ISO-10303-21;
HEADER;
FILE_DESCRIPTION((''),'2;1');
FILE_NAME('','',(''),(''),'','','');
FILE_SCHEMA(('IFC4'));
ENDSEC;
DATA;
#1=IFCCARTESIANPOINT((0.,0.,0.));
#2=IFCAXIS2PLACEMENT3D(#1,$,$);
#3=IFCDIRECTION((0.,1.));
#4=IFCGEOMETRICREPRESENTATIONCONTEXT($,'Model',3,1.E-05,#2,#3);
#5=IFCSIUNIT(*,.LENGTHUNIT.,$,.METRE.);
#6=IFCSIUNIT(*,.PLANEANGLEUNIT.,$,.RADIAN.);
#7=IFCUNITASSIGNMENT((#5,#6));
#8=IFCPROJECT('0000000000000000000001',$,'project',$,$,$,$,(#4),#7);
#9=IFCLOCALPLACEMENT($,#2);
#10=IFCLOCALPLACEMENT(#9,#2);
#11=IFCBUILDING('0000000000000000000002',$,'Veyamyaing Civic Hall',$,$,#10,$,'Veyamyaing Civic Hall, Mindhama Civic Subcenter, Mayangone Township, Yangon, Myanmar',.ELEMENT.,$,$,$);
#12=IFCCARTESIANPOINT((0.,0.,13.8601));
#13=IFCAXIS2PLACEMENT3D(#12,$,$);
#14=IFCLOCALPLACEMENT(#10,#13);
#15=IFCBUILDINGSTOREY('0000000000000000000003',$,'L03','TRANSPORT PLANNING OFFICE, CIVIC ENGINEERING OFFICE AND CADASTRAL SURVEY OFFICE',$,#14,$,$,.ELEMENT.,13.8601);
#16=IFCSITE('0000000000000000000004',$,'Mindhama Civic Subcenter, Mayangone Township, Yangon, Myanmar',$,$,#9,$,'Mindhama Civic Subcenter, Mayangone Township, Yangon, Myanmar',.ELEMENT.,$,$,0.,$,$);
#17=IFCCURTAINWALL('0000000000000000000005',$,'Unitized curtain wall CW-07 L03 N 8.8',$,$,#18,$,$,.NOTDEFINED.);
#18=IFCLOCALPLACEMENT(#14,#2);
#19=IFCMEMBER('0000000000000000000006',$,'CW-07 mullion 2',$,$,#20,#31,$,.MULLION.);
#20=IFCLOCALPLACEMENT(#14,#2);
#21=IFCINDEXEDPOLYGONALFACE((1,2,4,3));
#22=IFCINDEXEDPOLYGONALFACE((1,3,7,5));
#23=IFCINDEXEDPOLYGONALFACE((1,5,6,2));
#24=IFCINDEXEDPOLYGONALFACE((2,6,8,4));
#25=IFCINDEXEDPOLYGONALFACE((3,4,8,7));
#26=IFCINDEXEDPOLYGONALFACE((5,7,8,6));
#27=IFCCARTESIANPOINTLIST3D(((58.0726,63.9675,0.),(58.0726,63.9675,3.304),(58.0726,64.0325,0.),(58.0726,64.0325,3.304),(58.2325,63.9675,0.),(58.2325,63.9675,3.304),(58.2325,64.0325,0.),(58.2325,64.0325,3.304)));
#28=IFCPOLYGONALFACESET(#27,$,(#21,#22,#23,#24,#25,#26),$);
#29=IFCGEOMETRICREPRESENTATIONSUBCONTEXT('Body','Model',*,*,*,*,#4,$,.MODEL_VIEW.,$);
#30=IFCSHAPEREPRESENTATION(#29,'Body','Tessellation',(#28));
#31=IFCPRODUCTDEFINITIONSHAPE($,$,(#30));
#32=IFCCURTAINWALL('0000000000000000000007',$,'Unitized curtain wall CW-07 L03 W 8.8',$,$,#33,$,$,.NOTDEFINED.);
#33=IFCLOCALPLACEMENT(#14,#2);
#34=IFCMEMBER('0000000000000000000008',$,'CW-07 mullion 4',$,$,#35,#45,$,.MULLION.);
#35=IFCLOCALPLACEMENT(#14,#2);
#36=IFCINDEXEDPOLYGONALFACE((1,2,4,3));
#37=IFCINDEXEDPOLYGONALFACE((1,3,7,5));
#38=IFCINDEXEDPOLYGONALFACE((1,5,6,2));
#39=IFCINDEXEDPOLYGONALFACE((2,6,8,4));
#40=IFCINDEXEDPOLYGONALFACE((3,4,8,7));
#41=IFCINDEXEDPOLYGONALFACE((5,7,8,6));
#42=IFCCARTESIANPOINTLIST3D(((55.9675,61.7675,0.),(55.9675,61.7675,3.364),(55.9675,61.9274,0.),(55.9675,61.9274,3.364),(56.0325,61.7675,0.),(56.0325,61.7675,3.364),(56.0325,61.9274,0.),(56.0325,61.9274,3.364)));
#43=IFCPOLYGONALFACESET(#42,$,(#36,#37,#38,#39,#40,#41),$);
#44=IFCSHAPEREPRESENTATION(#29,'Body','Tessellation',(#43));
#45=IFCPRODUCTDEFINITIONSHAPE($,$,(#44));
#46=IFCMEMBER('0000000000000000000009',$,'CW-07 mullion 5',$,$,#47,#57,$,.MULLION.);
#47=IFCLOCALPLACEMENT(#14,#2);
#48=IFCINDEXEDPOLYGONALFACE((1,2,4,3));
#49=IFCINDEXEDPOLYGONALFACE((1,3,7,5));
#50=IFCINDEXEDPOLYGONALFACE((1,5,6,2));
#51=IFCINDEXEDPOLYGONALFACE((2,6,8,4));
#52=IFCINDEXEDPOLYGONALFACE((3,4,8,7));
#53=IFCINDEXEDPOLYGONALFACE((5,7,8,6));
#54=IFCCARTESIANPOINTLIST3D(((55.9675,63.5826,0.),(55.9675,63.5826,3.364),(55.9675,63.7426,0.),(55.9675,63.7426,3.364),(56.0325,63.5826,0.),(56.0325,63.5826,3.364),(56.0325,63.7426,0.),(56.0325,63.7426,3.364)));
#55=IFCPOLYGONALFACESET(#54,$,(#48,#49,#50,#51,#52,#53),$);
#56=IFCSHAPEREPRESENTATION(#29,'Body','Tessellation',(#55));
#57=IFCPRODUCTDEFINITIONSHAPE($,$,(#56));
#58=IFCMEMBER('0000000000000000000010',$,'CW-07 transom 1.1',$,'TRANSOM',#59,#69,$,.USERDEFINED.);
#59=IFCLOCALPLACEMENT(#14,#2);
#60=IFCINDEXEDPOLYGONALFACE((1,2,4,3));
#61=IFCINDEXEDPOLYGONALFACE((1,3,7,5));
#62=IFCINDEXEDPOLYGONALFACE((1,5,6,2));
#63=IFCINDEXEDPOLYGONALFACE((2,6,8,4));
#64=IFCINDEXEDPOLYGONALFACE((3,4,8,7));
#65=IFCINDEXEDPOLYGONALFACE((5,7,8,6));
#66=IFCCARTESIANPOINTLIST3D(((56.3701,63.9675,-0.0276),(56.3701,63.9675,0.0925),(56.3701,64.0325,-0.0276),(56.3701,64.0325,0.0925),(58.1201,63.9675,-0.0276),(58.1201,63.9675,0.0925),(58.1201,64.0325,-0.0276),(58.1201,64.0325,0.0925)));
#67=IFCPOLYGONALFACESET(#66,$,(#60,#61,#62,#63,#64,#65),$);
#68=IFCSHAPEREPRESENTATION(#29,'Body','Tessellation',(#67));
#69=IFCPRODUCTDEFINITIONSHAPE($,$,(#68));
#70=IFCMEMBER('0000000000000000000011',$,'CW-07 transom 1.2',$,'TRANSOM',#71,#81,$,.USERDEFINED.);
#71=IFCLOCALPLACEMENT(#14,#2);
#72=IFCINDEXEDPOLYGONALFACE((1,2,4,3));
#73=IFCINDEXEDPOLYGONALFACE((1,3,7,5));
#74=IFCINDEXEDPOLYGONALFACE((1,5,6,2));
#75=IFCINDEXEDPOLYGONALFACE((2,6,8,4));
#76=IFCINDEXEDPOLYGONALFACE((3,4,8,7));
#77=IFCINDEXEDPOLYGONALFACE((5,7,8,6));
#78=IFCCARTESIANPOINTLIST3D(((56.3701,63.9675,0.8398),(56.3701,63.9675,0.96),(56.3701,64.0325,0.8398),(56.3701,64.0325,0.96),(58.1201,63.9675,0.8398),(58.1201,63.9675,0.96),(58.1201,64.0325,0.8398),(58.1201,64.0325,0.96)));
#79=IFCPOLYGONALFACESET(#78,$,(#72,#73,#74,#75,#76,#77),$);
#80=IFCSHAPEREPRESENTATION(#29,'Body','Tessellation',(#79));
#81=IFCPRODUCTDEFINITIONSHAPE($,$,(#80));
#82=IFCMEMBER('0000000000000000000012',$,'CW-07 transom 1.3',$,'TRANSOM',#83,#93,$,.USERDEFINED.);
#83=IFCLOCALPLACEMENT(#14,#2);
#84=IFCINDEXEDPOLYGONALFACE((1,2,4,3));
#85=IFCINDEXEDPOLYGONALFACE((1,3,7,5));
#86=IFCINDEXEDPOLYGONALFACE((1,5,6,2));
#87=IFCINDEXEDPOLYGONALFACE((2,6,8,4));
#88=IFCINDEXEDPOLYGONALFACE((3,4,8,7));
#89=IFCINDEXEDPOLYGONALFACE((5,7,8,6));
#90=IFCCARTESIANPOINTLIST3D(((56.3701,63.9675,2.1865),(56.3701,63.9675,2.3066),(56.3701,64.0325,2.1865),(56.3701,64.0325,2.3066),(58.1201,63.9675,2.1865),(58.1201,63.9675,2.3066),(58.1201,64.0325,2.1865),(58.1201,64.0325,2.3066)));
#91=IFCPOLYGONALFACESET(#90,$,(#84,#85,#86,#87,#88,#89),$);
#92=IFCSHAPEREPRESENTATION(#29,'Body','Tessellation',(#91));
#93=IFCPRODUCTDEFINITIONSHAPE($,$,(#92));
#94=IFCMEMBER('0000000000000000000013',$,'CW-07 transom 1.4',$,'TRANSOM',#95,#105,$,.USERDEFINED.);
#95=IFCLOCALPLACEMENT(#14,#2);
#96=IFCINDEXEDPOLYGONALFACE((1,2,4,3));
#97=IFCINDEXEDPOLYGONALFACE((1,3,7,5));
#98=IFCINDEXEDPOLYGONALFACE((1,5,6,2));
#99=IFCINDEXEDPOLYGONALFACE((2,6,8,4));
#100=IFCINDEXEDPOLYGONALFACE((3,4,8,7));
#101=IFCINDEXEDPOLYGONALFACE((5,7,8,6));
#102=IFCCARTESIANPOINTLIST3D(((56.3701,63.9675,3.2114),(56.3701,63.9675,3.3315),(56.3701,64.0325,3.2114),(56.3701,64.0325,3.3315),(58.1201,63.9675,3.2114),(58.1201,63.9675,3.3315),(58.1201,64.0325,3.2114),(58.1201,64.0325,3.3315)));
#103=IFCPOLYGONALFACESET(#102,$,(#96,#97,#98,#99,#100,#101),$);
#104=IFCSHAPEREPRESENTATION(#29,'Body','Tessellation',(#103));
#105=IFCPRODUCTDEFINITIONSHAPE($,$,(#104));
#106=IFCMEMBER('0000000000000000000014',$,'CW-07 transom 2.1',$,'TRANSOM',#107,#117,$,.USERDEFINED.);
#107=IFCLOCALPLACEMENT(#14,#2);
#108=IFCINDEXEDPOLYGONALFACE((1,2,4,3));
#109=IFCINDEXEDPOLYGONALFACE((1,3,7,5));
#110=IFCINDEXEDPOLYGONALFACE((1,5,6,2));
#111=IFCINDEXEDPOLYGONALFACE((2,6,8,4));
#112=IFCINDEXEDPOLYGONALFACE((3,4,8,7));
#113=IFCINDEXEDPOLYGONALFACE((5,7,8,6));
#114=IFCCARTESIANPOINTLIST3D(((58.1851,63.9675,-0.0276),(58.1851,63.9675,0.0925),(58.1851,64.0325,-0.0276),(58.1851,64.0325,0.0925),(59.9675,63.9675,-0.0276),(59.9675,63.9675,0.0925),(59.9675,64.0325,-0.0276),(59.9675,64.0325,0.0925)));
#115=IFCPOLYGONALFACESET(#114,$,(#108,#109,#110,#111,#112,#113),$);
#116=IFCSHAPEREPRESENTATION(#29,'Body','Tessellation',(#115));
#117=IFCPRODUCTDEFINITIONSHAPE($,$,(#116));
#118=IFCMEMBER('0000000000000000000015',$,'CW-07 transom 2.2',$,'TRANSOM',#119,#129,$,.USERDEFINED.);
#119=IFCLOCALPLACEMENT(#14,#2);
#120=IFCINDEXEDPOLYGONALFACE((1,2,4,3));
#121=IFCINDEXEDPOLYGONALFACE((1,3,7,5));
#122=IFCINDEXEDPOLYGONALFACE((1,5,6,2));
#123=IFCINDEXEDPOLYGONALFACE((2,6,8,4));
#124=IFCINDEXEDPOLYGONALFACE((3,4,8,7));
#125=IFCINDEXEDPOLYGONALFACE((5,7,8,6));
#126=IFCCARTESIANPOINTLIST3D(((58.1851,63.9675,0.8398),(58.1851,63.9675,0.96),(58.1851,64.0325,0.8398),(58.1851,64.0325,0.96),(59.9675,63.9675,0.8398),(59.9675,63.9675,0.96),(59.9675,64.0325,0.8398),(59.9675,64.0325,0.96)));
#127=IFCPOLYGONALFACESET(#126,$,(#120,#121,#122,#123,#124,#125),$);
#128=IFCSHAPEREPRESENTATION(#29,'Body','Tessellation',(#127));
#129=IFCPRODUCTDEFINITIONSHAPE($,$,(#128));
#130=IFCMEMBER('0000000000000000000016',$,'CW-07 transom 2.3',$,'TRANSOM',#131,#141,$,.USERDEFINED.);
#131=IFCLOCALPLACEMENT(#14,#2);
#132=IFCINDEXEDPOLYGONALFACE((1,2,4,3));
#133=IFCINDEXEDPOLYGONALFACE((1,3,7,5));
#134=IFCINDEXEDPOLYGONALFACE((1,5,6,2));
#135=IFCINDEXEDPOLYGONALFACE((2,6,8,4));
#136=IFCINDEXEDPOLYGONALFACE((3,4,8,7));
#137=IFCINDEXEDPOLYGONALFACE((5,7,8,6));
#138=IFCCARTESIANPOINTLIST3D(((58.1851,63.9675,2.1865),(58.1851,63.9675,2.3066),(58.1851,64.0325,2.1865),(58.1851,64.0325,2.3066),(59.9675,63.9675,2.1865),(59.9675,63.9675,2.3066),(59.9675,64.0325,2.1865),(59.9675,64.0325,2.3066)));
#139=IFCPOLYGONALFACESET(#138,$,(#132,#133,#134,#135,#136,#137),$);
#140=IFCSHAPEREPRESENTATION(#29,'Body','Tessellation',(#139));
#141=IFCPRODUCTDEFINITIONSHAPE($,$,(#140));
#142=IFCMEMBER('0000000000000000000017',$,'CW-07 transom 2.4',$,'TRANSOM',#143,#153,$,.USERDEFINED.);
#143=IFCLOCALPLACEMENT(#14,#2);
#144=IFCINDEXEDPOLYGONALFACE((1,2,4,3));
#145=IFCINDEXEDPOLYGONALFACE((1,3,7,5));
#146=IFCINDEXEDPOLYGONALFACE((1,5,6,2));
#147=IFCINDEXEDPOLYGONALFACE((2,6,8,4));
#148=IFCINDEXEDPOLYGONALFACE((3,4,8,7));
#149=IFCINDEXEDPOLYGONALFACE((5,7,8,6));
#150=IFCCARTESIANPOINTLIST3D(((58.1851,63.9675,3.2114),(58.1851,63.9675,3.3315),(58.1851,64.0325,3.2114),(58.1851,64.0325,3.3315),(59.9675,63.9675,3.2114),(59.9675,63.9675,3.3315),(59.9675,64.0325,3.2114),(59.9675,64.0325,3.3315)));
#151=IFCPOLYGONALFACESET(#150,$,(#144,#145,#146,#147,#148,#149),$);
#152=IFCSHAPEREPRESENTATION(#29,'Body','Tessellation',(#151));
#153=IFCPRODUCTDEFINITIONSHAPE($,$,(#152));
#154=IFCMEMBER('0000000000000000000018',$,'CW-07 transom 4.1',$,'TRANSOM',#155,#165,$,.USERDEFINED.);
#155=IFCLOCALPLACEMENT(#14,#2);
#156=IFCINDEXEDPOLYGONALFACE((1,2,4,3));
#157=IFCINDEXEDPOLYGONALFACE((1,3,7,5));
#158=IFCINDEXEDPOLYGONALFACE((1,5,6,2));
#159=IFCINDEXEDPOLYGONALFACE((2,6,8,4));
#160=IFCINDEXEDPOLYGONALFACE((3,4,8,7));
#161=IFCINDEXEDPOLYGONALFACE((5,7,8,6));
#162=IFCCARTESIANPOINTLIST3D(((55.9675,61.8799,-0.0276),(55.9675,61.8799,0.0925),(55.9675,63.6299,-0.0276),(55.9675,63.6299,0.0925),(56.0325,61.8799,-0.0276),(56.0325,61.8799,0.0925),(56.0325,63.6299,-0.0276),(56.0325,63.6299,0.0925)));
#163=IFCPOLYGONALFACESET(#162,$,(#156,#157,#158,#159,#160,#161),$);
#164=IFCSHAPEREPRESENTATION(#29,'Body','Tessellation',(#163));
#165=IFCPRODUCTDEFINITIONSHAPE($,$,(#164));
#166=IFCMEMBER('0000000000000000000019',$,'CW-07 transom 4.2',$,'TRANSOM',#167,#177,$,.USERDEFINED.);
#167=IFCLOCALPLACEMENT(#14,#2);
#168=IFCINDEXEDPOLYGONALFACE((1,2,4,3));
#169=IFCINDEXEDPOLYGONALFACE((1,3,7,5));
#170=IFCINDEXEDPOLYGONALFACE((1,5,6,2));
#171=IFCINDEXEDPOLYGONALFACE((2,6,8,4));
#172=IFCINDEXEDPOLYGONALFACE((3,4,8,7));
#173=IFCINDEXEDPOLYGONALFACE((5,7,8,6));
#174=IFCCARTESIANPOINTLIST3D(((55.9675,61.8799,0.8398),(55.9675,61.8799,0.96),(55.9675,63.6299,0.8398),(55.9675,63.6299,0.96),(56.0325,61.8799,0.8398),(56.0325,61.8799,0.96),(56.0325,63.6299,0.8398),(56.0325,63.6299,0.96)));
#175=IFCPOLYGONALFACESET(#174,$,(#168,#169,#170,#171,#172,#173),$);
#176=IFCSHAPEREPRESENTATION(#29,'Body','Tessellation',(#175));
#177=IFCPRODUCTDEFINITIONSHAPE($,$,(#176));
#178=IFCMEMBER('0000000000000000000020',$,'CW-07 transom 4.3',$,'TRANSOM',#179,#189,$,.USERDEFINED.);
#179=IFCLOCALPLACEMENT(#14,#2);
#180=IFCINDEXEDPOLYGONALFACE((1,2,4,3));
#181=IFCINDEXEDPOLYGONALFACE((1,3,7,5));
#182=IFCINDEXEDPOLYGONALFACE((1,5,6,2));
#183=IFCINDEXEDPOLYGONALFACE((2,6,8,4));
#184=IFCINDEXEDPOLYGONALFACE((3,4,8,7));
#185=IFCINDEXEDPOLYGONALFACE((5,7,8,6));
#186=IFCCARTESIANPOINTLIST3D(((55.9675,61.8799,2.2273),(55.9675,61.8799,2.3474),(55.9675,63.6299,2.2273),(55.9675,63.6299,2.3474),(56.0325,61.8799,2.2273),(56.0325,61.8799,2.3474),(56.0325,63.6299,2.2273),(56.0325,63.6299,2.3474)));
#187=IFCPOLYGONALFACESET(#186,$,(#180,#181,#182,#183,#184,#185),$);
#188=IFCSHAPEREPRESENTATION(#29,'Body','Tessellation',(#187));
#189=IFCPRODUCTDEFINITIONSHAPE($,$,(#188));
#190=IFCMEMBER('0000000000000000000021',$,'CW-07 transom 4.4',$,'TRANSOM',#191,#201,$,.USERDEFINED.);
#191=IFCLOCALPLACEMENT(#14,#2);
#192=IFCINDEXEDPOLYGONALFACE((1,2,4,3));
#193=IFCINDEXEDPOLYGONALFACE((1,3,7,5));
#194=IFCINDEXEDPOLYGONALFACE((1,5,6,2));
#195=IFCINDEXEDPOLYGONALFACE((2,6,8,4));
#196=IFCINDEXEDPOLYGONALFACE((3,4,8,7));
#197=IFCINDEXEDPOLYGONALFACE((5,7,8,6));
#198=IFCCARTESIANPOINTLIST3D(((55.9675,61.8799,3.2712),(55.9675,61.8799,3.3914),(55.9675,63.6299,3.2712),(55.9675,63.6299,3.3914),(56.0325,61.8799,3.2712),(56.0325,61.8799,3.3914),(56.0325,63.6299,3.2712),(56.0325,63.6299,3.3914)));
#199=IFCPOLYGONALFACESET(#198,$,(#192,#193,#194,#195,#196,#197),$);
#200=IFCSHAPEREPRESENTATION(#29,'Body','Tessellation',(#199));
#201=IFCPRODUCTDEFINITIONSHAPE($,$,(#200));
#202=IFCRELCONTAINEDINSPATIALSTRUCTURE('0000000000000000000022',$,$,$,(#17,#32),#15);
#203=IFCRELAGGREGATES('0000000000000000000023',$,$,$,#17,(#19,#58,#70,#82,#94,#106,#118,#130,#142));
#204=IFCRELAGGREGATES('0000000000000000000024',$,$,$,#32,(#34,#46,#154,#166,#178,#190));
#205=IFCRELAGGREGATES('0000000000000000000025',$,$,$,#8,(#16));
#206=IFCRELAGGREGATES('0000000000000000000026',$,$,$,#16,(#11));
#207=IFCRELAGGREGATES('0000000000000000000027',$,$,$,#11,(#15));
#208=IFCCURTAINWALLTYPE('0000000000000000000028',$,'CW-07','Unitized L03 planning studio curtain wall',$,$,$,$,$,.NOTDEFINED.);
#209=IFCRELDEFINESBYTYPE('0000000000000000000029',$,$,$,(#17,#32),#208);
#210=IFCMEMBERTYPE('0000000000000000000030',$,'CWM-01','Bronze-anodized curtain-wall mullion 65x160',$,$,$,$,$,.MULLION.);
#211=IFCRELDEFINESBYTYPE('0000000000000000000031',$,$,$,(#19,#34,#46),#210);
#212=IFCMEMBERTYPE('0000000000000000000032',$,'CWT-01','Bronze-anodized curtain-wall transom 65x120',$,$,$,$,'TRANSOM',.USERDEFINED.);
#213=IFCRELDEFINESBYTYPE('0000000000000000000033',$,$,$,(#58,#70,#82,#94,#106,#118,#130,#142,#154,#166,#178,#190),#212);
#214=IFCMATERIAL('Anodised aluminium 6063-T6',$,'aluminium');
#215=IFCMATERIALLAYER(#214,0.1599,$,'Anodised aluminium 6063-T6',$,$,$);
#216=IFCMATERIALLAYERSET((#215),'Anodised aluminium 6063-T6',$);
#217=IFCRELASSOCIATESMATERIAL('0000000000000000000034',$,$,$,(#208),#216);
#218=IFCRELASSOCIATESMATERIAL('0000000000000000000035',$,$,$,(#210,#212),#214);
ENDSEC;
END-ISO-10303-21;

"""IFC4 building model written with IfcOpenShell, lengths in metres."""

from ifc_helpers import new_model, si_unit, direction, frame, origin, origin_2d, place, context, subcontext, project, spatial, rectangle, extrude, material, layer, layer_set, material_profile, profile_set, type_object, element, aggregate, save


model = new_model("IFC4")

# Units and contexts
model_context = context("Model", 3, precision=1e-05, world=origin(), true_north=direction((0.0, 1.0)))
body_context = subcontext(model_context, "Body", "Model", "MODEL_VIEW")
ifc_project = project(units=[si_unit("LENGTHUNIT", "METRE"), si_unit("PLANEANGLEUNIT", "RADIAN")], contexts=[model_context])

# Site, building, storey
site_placement = place(None, origin())
site = spatial("IfcSite", under=ifc_project, at=site_placement, Name="Mindhama Civic Subcenter, Mayangone Township, Yangon, Myanmar", LongName="Mindhama Civic Subcenter, Mayangone Township, Yangon, Myanmar", CompositionType="ELEMENT", RefElevation=0.0)
building_placement = place(site_placement, origin())
building = spatial("IfcBuilding", under=site, at=building_placement, Name="Veyamyaing Civic Hall", LongName="Veyamyaing Civic Hall, Mindhama Civic Subcenter, Mayangone Township, Yangon, Myanmar", CompositionType="ELEMENT")
storey_placement = place(building_placement, frame((0.0, 0.0, 13.8601)))
storey = spatial("IfcBuildingStorey", under=building, at=storey_placement, Name="L03", Description="TRANSPORT PLANNING OFFICE, CIVIC ENGINEERING OFFICE AND CADASTRAL SURVEY OFFICE", CompositionType="ELEMENT", Elevation=13.8601)

# Curtain walls, members
ifc_material_1 = material(Name="Anodised aluminium 6063-T6", Category="aluminium")
ifc_layer_1 = layer(ifc_material_1, 0.1599, Name="Anodised aluminium 6063-T6")
ifc_layer_set_1 = layer_set([ifc_layer_1], Name="Anodised aluminium 6063-T6")
curtain_wall_type = type_object("IfcCurtainWallType", Name="CW-07", Description="Unitized L03 planning studio curtain wall", PredefinedType="NOTDEFINED", material=ifc_layer_set_1)
curtain_wall_1_placement = place(storey_placement, origin())
curtain_wall_1 = element("IfcCurtainWall", 1, at=curtain_wall_1_placement, inside=storey, type_object=curtain_wall_type, Name="Unitized curtain wall CW-07 L03 N 8.8", PredefinedType="NOTDEFINED")
ifc_material_profile_1 = material_profile(ifc_material_1, rectangle(XDim=0.0649, YDim=0.1599, at=origin_2d()), Name="ALU-MUL-65X160")
ifc_profile_set_1 = profile_set([ifc_material_profile_1], Name="Anodised aluminium 6063-T6")
member_type_1 = type_object("IfcMemberType", Name="CWM-01", Description="Bronze-anodized curtain-wall mullion 65x160", PredefinedType="MULLION", material=ifc_profile_set_1)
member_1_placement = place(storey_placement, frame((58.1526, 64.0, 0.0), z_axis=(0.0, 0.0, 1.0), x_axis=(0.0, 1.0, 0.0)))
member_1 = element("IfcMember", 2, at=member_1_placement, type_object=member_type_1, Name="CW-07 mullion 2", PredefinedType="MULLION", context=body_context, shape_type="SweptSolid", body=[
    extrude(rectangle(XDim=0.0649, YDim=0.1599, at=origin_2d()), origin(), (0.0, 0.0, 1.0), 3.304),
])
curtain_wall_2_placement = place(storey_placement, origin())
curtain_wall_2 = element("IfcCurtainWall", 3, at=curtain_wall_2_placement, inside=storey, type_object=curtain_wall_type, Name="Unitized curtain wall CW-07 L03 W 8.8", PredefinedType="NOTDEFINED")
member_2_placement = place(storey_placement, frame((56.0, 61.8474, 0.0), z_axis=(0.0, 0.0, 1.0), x_axis=(-1.0, 0.0, 0.0)))
member_2 = element("IfcMember", 4, at=member_2_placement, type_object=member_type_1, Name="CW-07 mullion 4", PredefinedType="MULLION", context=body_context, shape_type="SweptSolid", body=[
    extrude(rectangle(XDim=0.0649, YDim=0.1599, at=origin_2d()), origin(), (0.0, 0.0, 1.0), 3.364),
])
member_3_placement = place(storey_placement, frame((56.0, 63.6626, 0.0), z_axis=(0.0, 0.0, 1.0), x_axis=(-1.0, 0.0, 0.0)))
member_3 = element("IfcMember", 5, at=member_3_placement, type_object=member_type_1, Name="CW-07 mullion 5", PredefinedType="MULLION", context=body_context, shape_type="SweptSolid", body=[
    extrude(rectangle(XDim=0.0649, YDim=0.1599, at=origin_2d()), origin(), (0.0, 0.0, 1.0), 3.364),
])

# Members
ifc_material_profile_2 = material_profile(ifc_material_1, rectangle(XDim=0.0649, YDim=0.1201, at=origin_2d()), Name="ALU-TRN-65X120")
ifc_profile_set_2 = profile_set([ifc_material_profile_2], Name="Anodised aluminium 6063-T6")
member_type_2 = type_object("IfcMemberType", Name="CWT-01", Description="Bronze-anodized curtain-wall transom 65x120", ElementType="TRANSOM", PredefinedType="USERDEFINED", material=ifc_profile_set_2)
member_4_placement = place(storey_placement, frame((56.3701, 64.0, 0.0325), z_axis=(1.0, 0.0, 0.0), x_axis=(0.0, 1.0, 0.0)))
member_4 = element("IfcMember", 6, at=member_4_placement, type_object=member_type_2, Name="CW-07 transom 1.1", ObjectType="TRANSOM", PredefinedType="USERDEFINED", context=body_context, shape_type="SweptSolid", body=[
    extrude(rectangle(XDim=0.0649, YDim=0.1201, at=origin_2d()), origin(), (0.0, 0.0, 1.0), 1.75),
])
member_5_placement = place(storey_placement, frame((56.3701, 64.0, 0.8999), z_axis=(1.0, 0.0, 0.0), x_axis=(0.0, 1.0, 0.0)))
member_5 = element("IfcMember", 7, at=member_5_placement, type_object=member_type_2, Name="CW-07 transom 1.2", ObjectType="TRANSOM", PredefinedType="USERDEFINED", context=body_context, shape_type="SweptSolid", body=[
    extrude(rectangle(XDim=0.0649, YDim=0.1201, at=origin_2d()), origin(), (0.0, 0.0, 1.0), 1.75),
])
member_6_placement = place(storey_placement, frame((56.3701, 64.0, 2.2466), z_axis=(1.0, 0.0, 0.0), x_axis=(0.0, 1.0, 0.0)))
member_6 = element("IfcMember", 8, at=member_6_placement, type_object=member_type_2, Name="CW-07 transom 1.3", ObjectType="TRANSOM", PredefinedType="USERDEFINED", context=body_context, shape_type="SweptSolid", body=[
    extrude(rectangle(XDim=0.0649, YDim=0.1201, at=origin_2d()), origin(), (0.0, 0.0, 1.0), 1.75),
])
member_7_placement = place(storey_placement, frame((56.3701, 64.0, 3.2715), z_axis=(1.0, 0.0, 0.0), x_axis=(0.0, 1.0, 0.0)))
member_7 = element("IfcMember", 9, at=member_7_placement, type_object=member_type_2, Name="CW-07 transom 1.4", ObjectType="TRANSOM", PredefinedType="USERDEFINED", context=body_context, shape_type="SweptSolid", body=[
    extrude(rectangle(XDim=0.0649, YDim=0.1201, at=origin_2d()), origin(), (0.0, 0.0, 1.0), 1.75),
])
member_8_placement = place(storey_placement, frame((58.1851, 64.0, 0.0325), z_axis=(1.0, 0.0, 0.0), x_axis=(0.0, 1.0, 0.0)))
member_8 = element("IfcMember", 10, at=member_8_placement, type_object=member_type_2, Name="CW-07 transom 2.1", ObjectType="TRANSOM", PredefinedType="USERDEFINED", context=body_context, shape_type="SweptSolid", body=[
    extrude(rectangle(XDim=0.0649, YDim=0.1201, at=origin_2d()), origin(), (0.0, 0.0, 1.0), 1.7825),
])
member_9_placement = place(storey_placement, frame((58.1851, 64.0, 0.8999), z_axis=(1.0, 0.0, 0.0), x_axis=(0.0, 1.0, 0.0)))
member_9 = element("IfcMember", 11, at=member_9_placement, type_object=member_type_2, Name="CW-07 transom 2.2", ObjectType="TRANSOM", PredefinedType="USERDEFINED", context=body_context, shape_type="SweptSolid", body=[
    extrude(rectangle(XDim=0.0649, YDim=0.1201, at=origin_2d()), origin(), (0.0, 0.0, 1.0), 1.7825),
])
member_10_placement = place(storey_placement, frame((58.1851, 64.0, 2.2466), z_axis=(1.0, 0.0, 0.0), x_axis=(0.0, 1.0, 0.0)))
member_10 = element("IfcMember", 12, at=member_10_placement, type_object=member_type_2, Name="CW-07 transom 2.3", ObjectType="TRANSOM", PredefinedType="USERDEFINED", context=body_context, shape_type="SweptSolid", body=[
    extrude(rectangle(XDim=0.0649, YDim=0.1201, at=origin_2d()), origin(), (0.0, 0.0, 1.0), 1.7825),
])
member_11_placement = place(storey_placement, frame((58.1851, 64.0, 3.2715), z_axis=(1.0, 0.0, 0.0), x_axis=(0.0, 1.0, 0.0)))
member_11 = element("IfcMember", 13, at=member_11_placement, type_object=member_type_2, Name="CW-07 transom 2.4", ObjectType="TRANSOM", PredefinedType="USERDEFINED", context=body_context, shape_type="SweptSolid", body=[
    extrude(rectangle(XDim=0.0649, YDim=0.1201, at=origin_2d()), origin(), (0.0, 0.0, 1.0), 1.7825),
])
member_12_placement = place(storey_placement, frame((56.0, 61.8799, 0.0325), z_axis=(0.0, 1.0, 0.0), x_axis=(-1.0, 0.0, 0.0)))
member_12 = element("IfcMember", 14, at=member_12_placement, type_object=member_type_2, Name="CW-07 transom 4.1", ObjectType="TRANSOM", PredefinedType="USERDEFINED", context=body_context, shape_type="SweptSolid", body=[
    extrude(rectangle(XDim=0.0649, YDim=0.1201, at=origin_2d()), origin(), (0.0, 0.0, 1.0), 1.75),
])
member_13_placement = place(storey_placement, frame((56.0, 61.8799, 0.8999), z_axis=(0.0, 1.0, 0.0), x_axis=(-1.0, 0.0, 0.0)))
member_13 = element("IfcMember", 15, at=member_13_placement, type_object=member_type_2, Name="CW-07 transom 4.2", ObjectType="TRANSOM", PredefinedType="USERDEFINED", context=body_context, shape_type="SweptSolid", body=[
    extrude(rectangle(XDim=0.0649, YDim=0.1201, at=origin_2d()), origin(), (0.0, 0.0, 1.0), 1.75),
])
member_14_placement = place(storey_placement, frame((56.0, 61.8799, 2.2874), z_axis=(0.0, 1.0, 0.0), x_axis=(-1.0, 0.0, 0.0)))
member_14 = element("IfcMember", 16, at=member_14_placement, type_object=member_type_2, Name="CW-07 transom 4.3", ObjectType="TRANSOM", PredefinedType="USERDEFINED", context=body_context, shape_type="SweptSolid", body=[
    extrude(rectangle(XDim=0.0649, YDim=0.1201, at=origin_2d()), origin(), (0.0, 0.0, 1.0), 1.75),
])
member_15_placement = place(storey_placement, frame((56.0, 61.8799, 3.3313), z_axis=(0.0, 1.0, 0.0), x_axis=(-1.0, 0.0, 0.0)))
member_15 = element("IfcMember", 17, at=member_15_placement, type_object=member_type_2, Name="CW-07 transom 4.4", ObjectType="TRANSOM", PredefinedType="USERDEFINED", context=body_context, shape_type="SweptSolid", body=[
    extrude(rectangle(XDim=0.0649, YDim=0.1201, at=origin_2d()), origin(), (0.0, 0.0, 1.0), 1.75),
])

aggregate(curtain_wall_1, [member_1, member_4, member_5, member_6, member_7, member_8, member_9, member_10, member_11])
aggregate(curtain_wall_2, [member_2, member_3, member_12, member_13, member_14, member_15])

save(model, "model.ifc")
